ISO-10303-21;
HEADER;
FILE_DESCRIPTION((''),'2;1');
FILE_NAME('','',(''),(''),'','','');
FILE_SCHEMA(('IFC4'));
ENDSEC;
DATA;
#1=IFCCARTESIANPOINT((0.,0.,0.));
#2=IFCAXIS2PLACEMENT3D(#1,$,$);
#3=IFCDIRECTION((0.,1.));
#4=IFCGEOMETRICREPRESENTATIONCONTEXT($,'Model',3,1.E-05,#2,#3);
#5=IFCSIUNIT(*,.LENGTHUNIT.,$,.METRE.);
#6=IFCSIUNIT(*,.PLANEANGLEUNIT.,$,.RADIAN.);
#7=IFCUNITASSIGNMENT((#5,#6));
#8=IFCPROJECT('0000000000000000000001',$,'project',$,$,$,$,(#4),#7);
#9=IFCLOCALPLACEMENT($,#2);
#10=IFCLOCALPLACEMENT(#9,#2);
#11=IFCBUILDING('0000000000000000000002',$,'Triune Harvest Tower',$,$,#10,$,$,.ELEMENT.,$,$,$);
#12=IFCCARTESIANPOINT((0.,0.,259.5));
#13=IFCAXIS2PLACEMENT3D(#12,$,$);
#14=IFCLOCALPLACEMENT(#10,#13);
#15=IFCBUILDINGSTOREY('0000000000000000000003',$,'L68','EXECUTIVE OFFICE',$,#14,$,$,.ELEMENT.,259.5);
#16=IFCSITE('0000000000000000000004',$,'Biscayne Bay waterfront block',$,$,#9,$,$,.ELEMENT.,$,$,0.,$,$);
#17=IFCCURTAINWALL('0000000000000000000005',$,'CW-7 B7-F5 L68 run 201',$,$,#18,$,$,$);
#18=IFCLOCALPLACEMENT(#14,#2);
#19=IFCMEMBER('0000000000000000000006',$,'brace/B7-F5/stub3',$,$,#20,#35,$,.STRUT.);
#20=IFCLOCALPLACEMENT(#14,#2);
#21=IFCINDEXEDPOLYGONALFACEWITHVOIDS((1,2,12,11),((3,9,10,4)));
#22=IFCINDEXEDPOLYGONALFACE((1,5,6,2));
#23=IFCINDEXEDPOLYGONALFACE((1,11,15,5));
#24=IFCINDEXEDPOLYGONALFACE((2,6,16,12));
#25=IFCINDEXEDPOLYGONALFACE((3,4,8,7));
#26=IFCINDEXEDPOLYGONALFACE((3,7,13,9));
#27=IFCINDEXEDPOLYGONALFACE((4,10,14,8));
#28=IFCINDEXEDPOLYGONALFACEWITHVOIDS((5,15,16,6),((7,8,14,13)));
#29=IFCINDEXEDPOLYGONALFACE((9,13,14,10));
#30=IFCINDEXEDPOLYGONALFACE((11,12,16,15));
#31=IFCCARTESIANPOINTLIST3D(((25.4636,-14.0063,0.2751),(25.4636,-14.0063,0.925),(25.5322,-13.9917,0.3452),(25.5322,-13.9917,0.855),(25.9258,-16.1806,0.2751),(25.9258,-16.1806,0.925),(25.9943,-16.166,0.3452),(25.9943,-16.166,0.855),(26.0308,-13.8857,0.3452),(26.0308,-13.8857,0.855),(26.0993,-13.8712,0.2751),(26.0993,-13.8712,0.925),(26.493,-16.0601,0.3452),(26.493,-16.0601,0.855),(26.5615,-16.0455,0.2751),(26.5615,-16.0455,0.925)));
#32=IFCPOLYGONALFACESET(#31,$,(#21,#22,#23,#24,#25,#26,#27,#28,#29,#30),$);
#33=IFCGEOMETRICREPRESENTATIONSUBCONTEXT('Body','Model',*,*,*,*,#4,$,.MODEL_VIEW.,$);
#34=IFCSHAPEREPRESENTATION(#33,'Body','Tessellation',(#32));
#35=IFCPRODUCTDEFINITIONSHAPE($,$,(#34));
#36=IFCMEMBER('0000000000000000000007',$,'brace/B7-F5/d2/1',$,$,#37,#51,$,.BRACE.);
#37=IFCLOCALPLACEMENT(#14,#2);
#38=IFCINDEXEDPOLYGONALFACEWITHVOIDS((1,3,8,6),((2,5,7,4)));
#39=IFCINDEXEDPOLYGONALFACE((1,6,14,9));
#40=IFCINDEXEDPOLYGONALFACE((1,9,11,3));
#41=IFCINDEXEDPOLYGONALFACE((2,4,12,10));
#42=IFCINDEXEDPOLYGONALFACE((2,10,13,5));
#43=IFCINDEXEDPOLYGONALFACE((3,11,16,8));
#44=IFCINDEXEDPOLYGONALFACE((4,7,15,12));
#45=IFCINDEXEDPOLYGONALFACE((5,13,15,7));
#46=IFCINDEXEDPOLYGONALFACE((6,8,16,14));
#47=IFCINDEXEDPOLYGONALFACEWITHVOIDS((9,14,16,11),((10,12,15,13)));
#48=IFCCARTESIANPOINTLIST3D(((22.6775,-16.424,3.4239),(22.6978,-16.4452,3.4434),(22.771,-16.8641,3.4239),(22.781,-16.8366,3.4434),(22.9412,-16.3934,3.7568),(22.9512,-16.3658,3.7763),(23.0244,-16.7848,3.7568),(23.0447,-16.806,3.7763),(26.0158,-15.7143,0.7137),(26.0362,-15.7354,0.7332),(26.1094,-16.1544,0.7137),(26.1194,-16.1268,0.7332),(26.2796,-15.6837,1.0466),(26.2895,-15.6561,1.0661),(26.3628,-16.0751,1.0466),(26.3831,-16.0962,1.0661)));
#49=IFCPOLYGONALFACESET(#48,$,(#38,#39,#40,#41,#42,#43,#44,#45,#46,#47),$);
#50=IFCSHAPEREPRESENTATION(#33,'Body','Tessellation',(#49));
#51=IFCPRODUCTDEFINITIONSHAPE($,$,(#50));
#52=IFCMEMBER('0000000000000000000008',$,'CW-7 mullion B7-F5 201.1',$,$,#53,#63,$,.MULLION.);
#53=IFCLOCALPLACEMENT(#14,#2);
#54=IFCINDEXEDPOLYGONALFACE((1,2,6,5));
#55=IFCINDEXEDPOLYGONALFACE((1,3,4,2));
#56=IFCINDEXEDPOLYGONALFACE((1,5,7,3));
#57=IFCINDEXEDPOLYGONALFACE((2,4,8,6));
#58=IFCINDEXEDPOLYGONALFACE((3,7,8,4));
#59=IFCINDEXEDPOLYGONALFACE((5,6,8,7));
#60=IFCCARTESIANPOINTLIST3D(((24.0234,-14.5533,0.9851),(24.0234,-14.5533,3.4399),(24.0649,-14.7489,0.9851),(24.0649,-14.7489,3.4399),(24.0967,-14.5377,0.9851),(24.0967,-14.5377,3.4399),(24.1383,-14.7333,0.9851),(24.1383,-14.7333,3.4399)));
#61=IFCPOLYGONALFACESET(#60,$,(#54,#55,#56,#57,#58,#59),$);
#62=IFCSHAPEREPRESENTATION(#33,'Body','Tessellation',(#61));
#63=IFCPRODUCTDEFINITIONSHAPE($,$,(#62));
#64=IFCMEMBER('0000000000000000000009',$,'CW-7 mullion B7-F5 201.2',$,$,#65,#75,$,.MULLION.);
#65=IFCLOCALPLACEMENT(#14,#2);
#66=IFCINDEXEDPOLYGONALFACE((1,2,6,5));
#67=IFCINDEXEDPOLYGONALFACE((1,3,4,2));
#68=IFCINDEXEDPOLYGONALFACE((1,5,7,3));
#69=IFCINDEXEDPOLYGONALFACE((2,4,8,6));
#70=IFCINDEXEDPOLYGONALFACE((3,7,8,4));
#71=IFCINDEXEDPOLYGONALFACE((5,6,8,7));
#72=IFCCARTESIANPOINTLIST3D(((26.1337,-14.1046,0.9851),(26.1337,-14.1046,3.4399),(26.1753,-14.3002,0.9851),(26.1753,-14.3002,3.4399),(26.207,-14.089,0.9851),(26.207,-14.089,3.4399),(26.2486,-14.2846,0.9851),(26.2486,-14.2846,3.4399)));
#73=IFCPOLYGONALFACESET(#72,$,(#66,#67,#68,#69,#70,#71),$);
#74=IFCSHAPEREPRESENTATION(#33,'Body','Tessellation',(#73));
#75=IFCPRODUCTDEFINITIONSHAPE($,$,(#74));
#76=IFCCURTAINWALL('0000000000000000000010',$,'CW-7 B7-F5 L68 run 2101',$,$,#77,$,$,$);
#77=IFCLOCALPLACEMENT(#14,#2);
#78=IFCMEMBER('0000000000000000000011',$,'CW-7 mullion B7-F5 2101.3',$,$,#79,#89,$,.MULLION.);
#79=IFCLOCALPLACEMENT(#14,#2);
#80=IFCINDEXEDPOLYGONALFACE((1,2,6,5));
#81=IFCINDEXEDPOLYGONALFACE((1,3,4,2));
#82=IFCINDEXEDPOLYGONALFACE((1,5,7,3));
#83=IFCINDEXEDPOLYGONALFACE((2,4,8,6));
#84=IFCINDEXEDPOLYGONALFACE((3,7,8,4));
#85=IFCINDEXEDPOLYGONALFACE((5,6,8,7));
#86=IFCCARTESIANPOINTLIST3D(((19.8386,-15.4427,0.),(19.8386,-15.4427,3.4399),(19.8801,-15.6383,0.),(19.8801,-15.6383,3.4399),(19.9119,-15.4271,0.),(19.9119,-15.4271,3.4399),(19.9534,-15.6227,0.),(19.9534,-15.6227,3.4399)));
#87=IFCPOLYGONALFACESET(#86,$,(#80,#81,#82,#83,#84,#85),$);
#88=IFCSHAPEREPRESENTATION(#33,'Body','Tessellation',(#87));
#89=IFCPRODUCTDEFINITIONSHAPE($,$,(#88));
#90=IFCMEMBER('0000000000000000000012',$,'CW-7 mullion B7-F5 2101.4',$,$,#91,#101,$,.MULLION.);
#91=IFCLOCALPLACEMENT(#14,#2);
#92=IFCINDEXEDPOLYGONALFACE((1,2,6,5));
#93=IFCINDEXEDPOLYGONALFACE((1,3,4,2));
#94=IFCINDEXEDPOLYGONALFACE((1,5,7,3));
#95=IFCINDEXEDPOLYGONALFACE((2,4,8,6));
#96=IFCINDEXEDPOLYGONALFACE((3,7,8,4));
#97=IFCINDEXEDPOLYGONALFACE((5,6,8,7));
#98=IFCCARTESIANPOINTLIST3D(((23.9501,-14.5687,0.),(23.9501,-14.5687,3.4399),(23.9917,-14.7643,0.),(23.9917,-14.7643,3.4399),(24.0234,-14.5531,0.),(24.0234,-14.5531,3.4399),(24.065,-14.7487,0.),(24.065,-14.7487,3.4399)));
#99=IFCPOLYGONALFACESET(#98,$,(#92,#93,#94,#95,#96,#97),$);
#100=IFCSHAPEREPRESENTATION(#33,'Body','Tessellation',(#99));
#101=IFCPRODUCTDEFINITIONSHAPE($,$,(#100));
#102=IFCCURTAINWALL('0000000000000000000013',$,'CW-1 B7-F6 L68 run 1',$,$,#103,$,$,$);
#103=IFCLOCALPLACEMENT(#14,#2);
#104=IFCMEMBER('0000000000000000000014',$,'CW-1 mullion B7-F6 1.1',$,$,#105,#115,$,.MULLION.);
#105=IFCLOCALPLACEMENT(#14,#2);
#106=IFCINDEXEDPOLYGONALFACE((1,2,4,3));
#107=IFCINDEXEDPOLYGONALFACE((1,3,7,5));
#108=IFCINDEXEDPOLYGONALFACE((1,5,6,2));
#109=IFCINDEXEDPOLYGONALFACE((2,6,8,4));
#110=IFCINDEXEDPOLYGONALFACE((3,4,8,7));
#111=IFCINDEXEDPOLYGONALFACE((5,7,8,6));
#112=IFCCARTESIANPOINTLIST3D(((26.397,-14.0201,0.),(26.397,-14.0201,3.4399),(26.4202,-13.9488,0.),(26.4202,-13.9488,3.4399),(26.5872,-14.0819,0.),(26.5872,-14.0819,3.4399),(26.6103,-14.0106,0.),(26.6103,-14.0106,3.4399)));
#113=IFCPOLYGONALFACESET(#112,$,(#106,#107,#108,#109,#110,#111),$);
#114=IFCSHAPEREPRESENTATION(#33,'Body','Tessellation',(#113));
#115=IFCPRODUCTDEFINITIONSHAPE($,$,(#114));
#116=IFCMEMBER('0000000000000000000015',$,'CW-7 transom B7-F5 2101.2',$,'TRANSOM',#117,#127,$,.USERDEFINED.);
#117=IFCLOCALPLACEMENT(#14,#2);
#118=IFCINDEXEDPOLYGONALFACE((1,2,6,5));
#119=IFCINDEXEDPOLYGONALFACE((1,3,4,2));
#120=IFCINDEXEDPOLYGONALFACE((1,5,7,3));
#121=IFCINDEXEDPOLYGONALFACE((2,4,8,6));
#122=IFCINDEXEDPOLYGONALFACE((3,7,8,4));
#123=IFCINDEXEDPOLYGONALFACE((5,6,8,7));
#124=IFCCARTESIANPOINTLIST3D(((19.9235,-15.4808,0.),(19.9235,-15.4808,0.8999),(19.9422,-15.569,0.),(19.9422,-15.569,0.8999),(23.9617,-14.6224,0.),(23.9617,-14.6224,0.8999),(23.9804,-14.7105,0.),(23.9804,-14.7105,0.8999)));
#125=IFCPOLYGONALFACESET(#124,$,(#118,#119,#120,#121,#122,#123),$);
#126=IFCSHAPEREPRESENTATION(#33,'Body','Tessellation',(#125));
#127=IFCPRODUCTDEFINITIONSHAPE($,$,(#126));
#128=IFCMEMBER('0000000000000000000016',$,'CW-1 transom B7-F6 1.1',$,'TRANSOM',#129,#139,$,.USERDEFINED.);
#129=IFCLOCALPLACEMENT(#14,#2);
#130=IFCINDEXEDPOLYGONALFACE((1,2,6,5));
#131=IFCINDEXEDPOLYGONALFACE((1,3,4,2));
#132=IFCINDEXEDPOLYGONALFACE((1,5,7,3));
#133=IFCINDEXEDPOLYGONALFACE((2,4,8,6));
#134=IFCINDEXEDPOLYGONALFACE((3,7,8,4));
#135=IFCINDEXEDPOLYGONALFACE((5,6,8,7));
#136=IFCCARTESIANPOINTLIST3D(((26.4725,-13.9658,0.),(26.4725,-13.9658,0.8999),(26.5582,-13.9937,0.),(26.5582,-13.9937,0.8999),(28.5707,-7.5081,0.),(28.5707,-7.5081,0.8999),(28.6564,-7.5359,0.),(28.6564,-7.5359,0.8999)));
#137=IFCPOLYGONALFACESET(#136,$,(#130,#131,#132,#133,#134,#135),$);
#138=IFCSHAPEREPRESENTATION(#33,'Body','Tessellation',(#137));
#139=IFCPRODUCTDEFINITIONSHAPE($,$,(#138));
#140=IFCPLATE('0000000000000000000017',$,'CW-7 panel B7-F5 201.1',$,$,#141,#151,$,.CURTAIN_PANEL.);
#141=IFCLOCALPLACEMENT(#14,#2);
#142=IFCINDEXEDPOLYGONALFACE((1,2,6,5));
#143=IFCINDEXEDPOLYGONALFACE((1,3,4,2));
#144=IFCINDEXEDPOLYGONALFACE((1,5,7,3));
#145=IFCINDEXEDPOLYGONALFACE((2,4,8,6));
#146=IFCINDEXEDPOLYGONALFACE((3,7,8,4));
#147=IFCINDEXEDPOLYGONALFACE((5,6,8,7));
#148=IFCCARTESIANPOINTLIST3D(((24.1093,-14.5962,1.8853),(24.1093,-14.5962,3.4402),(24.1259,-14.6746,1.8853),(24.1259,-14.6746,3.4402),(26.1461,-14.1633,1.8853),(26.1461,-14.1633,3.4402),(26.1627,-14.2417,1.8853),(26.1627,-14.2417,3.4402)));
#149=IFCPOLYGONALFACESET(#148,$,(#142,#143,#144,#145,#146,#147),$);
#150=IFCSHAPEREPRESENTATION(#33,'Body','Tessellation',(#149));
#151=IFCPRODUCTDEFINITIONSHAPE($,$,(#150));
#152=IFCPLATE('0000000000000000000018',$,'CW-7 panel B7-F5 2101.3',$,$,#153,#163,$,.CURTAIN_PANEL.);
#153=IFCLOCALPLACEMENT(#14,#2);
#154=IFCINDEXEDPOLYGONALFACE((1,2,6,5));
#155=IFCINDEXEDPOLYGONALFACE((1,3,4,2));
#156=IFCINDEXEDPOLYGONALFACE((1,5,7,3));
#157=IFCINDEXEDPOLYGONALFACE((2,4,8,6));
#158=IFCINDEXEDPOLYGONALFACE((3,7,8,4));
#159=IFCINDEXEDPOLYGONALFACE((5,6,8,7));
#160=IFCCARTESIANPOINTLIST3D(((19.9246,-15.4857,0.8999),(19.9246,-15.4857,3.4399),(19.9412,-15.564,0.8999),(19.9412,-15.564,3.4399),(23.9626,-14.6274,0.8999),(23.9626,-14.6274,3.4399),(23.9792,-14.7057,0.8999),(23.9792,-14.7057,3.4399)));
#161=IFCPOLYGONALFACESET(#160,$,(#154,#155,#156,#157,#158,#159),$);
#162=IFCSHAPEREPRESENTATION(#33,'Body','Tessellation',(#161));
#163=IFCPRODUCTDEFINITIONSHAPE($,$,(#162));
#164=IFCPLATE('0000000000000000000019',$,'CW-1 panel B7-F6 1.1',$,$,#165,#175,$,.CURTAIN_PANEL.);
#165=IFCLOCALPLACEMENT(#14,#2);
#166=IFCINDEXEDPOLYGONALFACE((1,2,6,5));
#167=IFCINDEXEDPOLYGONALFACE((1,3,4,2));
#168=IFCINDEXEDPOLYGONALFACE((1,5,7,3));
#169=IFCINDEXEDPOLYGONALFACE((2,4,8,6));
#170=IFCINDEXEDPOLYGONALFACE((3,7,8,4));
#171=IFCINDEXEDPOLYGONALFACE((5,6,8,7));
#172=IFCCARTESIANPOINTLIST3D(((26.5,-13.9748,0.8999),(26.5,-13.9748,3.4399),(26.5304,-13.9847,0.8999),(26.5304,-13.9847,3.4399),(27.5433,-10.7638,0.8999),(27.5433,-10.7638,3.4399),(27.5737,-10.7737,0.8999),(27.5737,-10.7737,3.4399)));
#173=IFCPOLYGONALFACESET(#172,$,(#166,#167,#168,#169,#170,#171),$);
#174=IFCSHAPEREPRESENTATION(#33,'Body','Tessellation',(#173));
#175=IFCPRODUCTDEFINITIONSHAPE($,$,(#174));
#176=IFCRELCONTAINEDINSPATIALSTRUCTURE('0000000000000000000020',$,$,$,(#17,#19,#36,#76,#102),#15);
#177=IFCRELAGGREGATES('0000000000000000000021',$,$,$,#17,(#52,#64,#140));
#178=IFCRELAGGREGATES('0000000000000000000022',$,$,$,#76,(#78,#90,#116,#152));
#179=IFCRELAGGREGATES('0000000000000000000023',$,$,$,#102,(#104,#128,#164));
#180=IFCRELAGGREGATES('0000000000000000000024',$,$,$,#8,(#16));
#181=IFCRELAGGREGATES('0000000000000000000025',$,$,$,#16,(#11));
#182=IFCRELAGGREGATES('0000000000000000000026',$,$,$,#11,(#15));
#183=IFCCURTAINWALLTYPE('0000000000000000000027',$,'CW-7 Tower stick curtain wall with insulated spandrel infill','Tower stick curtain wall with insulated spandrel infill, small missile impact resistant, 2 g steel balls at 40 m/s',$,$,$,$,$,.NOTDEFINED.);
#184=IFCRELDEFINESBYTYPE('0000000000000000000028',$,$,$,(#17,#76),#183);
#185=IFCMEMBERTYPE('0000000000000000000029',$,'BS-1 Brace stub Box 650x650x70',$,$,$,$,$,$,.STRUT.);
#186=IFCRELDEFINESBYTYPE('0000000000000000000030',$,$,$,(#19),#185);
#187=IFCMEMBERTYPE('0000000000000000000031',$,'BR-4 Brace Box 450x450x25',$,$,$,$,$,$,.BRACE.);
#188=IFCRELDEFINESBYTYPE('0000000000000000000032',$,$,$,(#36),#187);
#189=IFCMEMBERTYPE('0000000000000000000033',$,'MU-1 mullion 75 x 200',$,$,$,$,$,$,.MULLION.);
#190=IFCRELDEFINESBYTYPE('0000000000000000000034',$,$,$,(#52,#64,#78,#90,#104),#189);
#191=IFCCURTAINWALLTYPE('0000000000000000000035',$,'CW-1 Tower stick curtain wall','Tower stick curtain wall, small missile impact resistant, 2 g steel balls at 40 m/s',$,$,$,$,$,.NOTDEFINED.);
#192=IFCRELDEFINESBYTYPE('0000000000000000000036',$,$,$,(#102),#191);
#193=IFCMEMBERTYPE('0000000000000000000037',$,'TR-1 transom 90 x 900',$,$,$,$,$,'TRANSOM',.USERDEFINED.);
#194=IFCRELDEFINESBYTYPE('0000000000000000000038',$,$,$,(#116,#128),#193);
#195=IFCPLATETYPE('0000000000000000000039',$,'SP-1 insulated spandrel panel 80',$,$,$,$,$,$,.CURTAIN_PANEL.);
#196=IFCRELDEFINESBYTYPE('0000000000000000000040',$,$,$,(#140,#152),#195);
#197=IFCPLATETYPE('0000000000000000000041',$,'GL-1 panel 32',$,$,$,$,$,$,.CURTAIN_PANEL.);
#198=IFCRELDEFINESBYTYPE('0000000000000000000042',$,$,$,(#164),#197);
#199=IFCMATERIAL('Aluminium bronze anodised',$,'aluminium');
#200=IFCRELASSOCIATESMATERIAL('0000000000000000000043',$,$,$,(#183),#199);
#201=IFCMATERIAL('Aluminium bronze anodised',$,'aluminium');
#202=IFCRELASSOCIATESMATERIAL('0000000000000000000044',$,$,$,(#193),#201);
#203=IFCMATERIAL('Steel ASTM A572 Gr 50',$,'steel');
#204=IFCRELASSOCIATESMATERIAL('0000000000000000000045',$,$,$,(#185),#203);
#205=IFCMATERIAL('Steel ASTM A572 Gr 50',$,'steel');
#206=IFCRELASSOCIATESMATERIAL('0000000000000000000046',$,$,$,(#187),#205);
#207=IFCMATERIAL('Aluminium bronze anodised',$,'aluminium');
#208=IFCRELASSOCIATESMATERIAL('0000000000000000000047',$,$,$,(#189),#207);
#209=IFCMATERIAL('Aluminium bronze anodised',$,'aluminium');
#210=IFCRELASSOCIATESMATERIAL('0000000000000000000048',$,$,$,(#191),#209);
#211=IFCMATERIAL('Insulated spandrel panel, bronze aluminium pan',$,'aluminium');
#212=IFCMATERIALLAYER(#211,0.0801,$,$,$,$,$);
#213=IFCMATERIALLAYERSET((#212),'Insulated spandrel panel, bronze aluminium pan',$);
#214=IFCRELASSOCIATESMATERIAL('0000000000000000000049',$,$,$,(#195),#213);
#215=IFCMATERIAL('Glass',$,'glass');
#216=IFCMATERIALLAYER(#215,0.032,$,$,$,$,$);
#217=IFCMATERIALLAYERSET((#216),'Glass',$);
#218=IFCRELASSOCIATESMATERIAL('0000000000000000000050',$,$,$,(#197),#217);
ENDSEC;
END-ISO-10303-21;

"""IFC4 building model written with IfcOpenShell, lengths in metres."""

from ifc_helpers import new_model, si_unit, direction, frame, origin, origin_2d, place, context, subcontext, project, spatial, rectangle, hollow_rectangle, extrude, source, transform, mapped, material, layer, layer_set, material_profile, profile_set, type_object, element, aggregate, save


model = new_model("IFC4")

# Units and contexts
model_context = context("Model", 3, precision=1e-05, world=origin(), true_north=direction((0.0, 1.0)))
body_context = subcontext(model_context, "Body", "Model", "MODEL_VIEW")
ifc_project = project(units=[si_unit("LENGTHUNIT", "METRE"), si_unit("PLANEANGLEUNIT", "RADIAN")], contexts=[model_context])

# Site, building, storey
site_placement = place(None, origin())
site = spatial("IfcSite", under=ifc_project, at=site_placement, Name="Biscayne Bay waterfront block", CompositionType="ELEMENT", RefElevation=0.0)
building_placement = place(site_placement, origin())
building = spatial("IfcBuilding", under=site, at=building_placement, Name="Triune Harvest Tower", CompositionType="ELEMENT")
storey_placement = place(building_placement, frame((0.0, 0.0, 259.5)))
storey = spatial("IfcBuildingStorey", under=building, at=storey_placement, Name="L68", Description="EXECUTIVE OFFICE", CompositionType="ELEMENT", Elevation=259.5)

# Curtain wall
ifc_material_1 = material(Name="Aluminium bronze anodised", Category="aluminium")
curtain_wall_type_1 = type_object("IfcCurtainWallType", Name="CW-7 Tower stick curtain wall with insulated spandrel infill", Description="Tower stick curtain wall with insulated spandrel infill, small missile impact resistant, 2 g steel balls at 40 m/s", PredefinedType="NOTDEFINED", material=ifc_material_1)
curtain_wall_1_placement = place(storey_placement, origin())
curtain_wall_1 = element("IfcCurtainWall", 1, at=curtain_wall_1_placement, inside=storey, type_object=curtain_wall_type_1, Name="CW-7 B7-F5 L68 run 201")
ifc_material_2 = material(Name="Aluminium bronze anodised", Category="aluminium")
ifc_material_profile_1 = material_profile(ifc_material_2, rectangle(XDim=0.0901, YDim=0.8999, at=origin_2d()), Name="TR-1 transom 90 x 900")
ifc_profile_set_1 = profile_set([ifc_material_profile_1], Name="Aluminium bronze anodised")
member_type_1 = type_object("IfcMemberType", Name="TR-1 transom 90 x 900", ElementType="TRANSOM", PredefinedType="USERDEFINED", material=ifc_profile_set_1)

# Members
ifc_material_3 = material(Name="Steel ASTM A572 Gr 50", Category="steel")
ifc_material_profile_2 = material_profile(ifc_material_3, hollow_rectangle(XDim=0.6499, YDim=0.6499, WallThickness=0.0701, at=origin_2d()), Name="Box 650x650x70")
ifc_profile_set_2 = profile_set([ifc_material_profile_2], Name="Steel ASTM A572 Gr 50")
member_type_2 = type_object("IfcMemberType", Name="BS-1 Brace stub Box 650x650x70", PredefinedType="STRUT", material=ifc_profile_set_2)
shared_shape_1 = source(origin(), body_context, "Body", "SweptSolid", [
    extrude(hollow_rectangle(XDim=0.6499, YDim=0.6499, WallThickness=0.0701, at=origin_2d()), origin(), (0.0, 0.0, 1.0), 2.2229),
])
member_1_placement = place(storey_placement, frame((25.7815, -13.9387, 0.6001), z_axis=(0.207909, -0.978148, 0.0), x_axis=(0.978148, 0.207909, 0.0)))
element("IfcMember", 2, at=member_1_placement, inside=storey, type_object=member_type_2, Name="brace/B7-F5/stub3", PredefinedType="STRUT", context=body_context, shape_type="MappedRepresentation", body=[
    mapped(shared_shape_1, transform((0.0, 0.0, 0.0), scale=1.0)),
])
ifc_material_4 = material(Name="Steel ASTM A572 Gr 50", Category="steel")
ifc_material_profile_3 = material_profile(ifc_material_4, hollow_rectangle(XDim=0.45, YDim=0.45, WallThickness=0.0249, at=origin_2d()), Name="Box 450x450x25")
ifc_profile_set_3 = profile_set([ifc_material_profile_3], Name="Steel ASTM A572 Gr 50")
member_type_3 = type_object("IfcMemberType", Name="BR-4 Brace Box 450x450x25", PredefinedType="BRACE", material=ifc_profile_set_3)
shared_shape_2 = source(origin(), body_context, "Body", "SweptSolid", [
    extrude(hollow_rectangle(XDim=0.45, YDim=0.45, WallThickness=0.0249, at=origin_2d()), origin(), (0.0, 0.0, 1.0), 4.3582),
])
member_2_placement = place(storey_placement, frame((26.1995, -15.9053, 0.8899), z_axis=(-0.766004, -0.162847, 0.621867), x_axis=(0.207946, -0.97814, 0.0)))
element("IfcMember", 3, at=member_2_placement, inside=storey, type_object=member_type_3, Name="brace/B7-F5/d2/1", PredefinedType="BRACE", context=body_context, shape_type="MappedRepresentation", body=[
    mapped(shared_shape_2, transform((0.0, 0.0, 0.0), scale=1.0)),
])

# Members
ifc_material_5 = material(Name="Aluminium bronze anodised", Category="aluminium")
ifc_material_profile_4 = material_profile(ifc_material_5, rectangle(XDim=0.2, YDim=0.075, at=origin_2d()), Name="MU-1 mullion 75 x 200")
ifc_profile_set_4 = profile_set([ifc_material_profile_4], Name="Aluminium bronze anodised")
member_type_4 = type_object("IfcMemberType", Name="MU-1 mullion 75 x 200", PredefinedType="MULLION", material=ifc_profile_set_4)
shared_shape_3 = source(origin(), body_context, "Body", "SweptSolid", [
    extrude(rectangle(XDim=0.2, YDim=0.075, at=origin_2d()), origin(), (0.0, 0.0, 1.0), 2.4548),
])
member_3_placement = place(storey_placement, frame((24.0808, -14.6433, 0.9851), z_axis=(0.0, 0.0, 1.0), x_axis=(-0.207895, 0.978151, 0.0)))
member_3 = element("IfcMember", 4, at=member_3_placement, type_object=member_type_4, Name="CW-7 mullion B7-F5 201.1", PredefinedType="MULLION", context=body_context, shape_type="MappedRepresentation", body=[
    mapped(shared_shape_3, transform((0.0, 0.0, 0.0), scale=1.0)),
])
member_4_placement = place(storey_placement, frame((26.1912, -14.1946, 0.9851), z_axis=(0.0, 0.0, 1.0), x_axis=(-0.207895, 0.978151, 0.0)))
member_4 = element("IfcMember", 5, at=member_4_placement, type_object=member_type_4, Name="CW-7 mullion B7-F5 201.2", PredefinedType="MULLION", context=body_context, shape_type="MappedRepresentation", body=[
    mapped(shared_shape_3, transform((0.0, 0.0, 0.0), scale=1.0)),
])

# Curtain wall, members
curtain_wall_2_placement = place(storey_placement, origin())
curtain_wall_2 = element("IfcCurtainWall", 6, at=curtain_wall_2_placement, inside=storey, type_object=curtain_wall_type_1, Name="CW-7 B7-F5 L68 run 2101")
shared_shape_4 = source(origin(), body_context, "Body", "SweptSolid", [
    extrude(rectangle(XDim=0.2, YDim=0.075, at=origin_2d()), origin(), (0.0, 0.0, 1.0), 3.4399),
])
member_5_placement = place(storey_placement, frame((19.896, -15.5327, 0.0), z_axis=(0.0, 0.0, 1.0), x_axis=(-0.20791, 0.978148, 0.0)))
member_5 = element("IfcMember", 7, at=member_5_placement, type_object=member_type_4, Name="CW-7 mullion B7-F5 2101.3", PredefinedType="MULLION", context=body_context, shape_type="MappedRepresentation", body=[
    mapped(shared_shape_4, transform((0.0, 0.0, 0.0), scale=1.0)),
])
member_6_placement = place(storey_placement, frame((24.0076, -14.6587, 0.0), z_axis=(0.0, 0.0, 1.0), x_axis=(-0.20791, 0.978148, 0.0)))
member_6 = element("IfcMember", 8, at=member_6_placement, type_object=member_type_4, Name="CW-7 mullion B7-F5 2101.4", PredefinedType="MULLION", context=body_context, shape_type="MappedRepresentation", body=[
    mapped(shared_shape_4, transform((0.0, 0.0, 0.0), scale=1.0)),
])

# Curtain wall, member
ifc_material_6 = material(Name="Aluminium bronze anodised", Category="aluminium")
curtain_wall_type_2 = type_object("IfcCurtainWallType", Name="CW-1 Tower stick curtain wall", Description="Tower stick curtain wall, small missile impact resistant, 2 g steel balls at 40 m/s", PredefinedType="NOTDEFINED", material=ifc_material_6)
curtain_wall_3_placement = place(storey_placement, origin())
curtain_wall_3 = element("IfcCurtainWall", 9, at=curtain_wall_3_placement, inside=storey, type_object=curtain_wall_type_2, Name="CW-1 B7-F6 L68 run 1")
member_7_placement = place(storey_placement, frame((26.5037, -14.0154, 0.0), z_axis=(0.0, 0.0, 1.0), x_axis=(-0.951056, 0.309019, 0.0)))
member_7 = element("IfcMember", 10, at=member_7_placement, type_object=member_type_4, Name="CW-1 mullion B7-F6 1.1", PredefinedType="MULLION", context=body_context, shape_type="MappedRepresentation", body=[
    mapped(shared_shape_4, transform((0.0, 0.0, 0.0), scale=1.0)),
])

# Members
shared_shape_5 = source(origin(), body_context, "Body", "SweptSolid", [
    extrude(rectangle(XDim=0.0901, YDim=0.8999, at=origin_2d()), origin(), (0.0, 0.0, 1.0), 4.1284),
])
member_8_placement = place(storey_placement, frame((19.9329, -15.5249, 0.45), z_axis=(0.978144, 0.207929, 0.0), x_axis=(-0.207929, 0.978144, 0.0)))
member_8 = element("IfcMember", 11, at=member_8_placement, type_object=member_type_1, Name="CW-7 transom B7-F5 2101.2", ObjectType="TRANSOM", PredefinedType="USERDEFINED", context=body_context, shape_type="MappedRepresentation", body=[
    mapped(shared_shape_5, transform((0.0, 0.0, 0.0), scale=1.0)),
])
shared_shape_6 = source(origin(), body_context, "Body", "SweptSolid", [
    extrude(rectangle(XDim=0.0901, YDim=0.8999, at=origin_2d()), origin(), (0.0, 0.0, 1.0), 6.79),
])
member_9_placement = place(storey_placement, frame((26.5154, -13.9797, 0.45), z_axis=(0.309002, 0.951061, 0.0), x_axis=(-0.951061, 0.309002, 0.0)))
member_9 = element("IfcMember", 12, at=member_9_placement, type_object=member_type_1, Name="CW-1 transom B7-F6 1.1", ObjectType="TRANSOM", PredefinedType="USERDEFINED", context=body_context, shape_type="MappedRepresentation", body=[
    mapped(shared_shape_6, transform((0.0, 0.0, 0.0), scale=1.0)),
])

# Plates
ifc_material_7 = material(Name="Insulated spandrel panel, bronze aluminium pan", Category="aluminium")
ifc_layer_1 = layer(ifc_material_7, 0.0801)
ifc_layer_set_1 = layer_set([ifc_layer_1], Name="Insulated spandrel panel, bronze aluminium pan")
plate_type_1 = type_object("IfcPlateType", Name="SP-1 insulated spandrel panel 80", PredefinedType="CURTAIN_PANEL", material=ifc_layer_set_1)
shared_shape_7 = source(origin(), body_context, "Body", "SweptSolid", [
    extrude(rectangle(XDim=2.0823, YDim=0.0801, at=origin_2d()), origin(), (0.0, 0.0, 1.0), 1.5549),
])
plate_1_placement = place(storey_placement, frame((25.136, -14.4189, 1.8853), z_axis=(0.0, 0.0, 1.0), x_axis=(0.978151, 0.207895, 0.0)))
plate_1 = element("IfcPlate", 13, at=plate_1_placement, type_object=plate_type_1, Name="CW-7 panel B7-F5 201.1", PredefinedType="CURTAIN_PANEL", context=body_context, shape_type="MappedRepresentation", body=[
    mapped(shared_shape_7, transform((0.0, 0.0, 0.0), scale=1.0)),
])
aggregate(curtain_wall_1, [member_3, member_4, plate_1])
shared_shape_8 = source(origin(), body_context, "Body", "SweptSolid", [
    extrude(rectangle(XDim=4.1282, YDim=0.0801, at=origin_2d()), origin(), (0.0, 0.0, 1.0), 2.54),
])
plate_2_placement = place(storey_placement, frame((21.9519, -15.0957, 0.8999), z_axis=(0.0, 0.0, 1.0), x_axis=(0.978148, 0.20791, 0.0)))
plate_2 = element("IfcPlate", 14, at=plate_2_placement, type_object=plate_type_1, Name="CW-7 panel B7-F5 2101.3", PredefinedType="CURTAIN_PANEL", context=body_context, shape_type="MappedRepresentation", body=[
    mapped(shared_shape_8, transform((0.0, 0.0, 0.0), scale=1.0)),
])
aggregate(curtain_wall_2, [member_5, member_6, member_8, plate_2])
ifc_material_8 = material(Name="Glass", Category="glass")
ifc_layer_2 = layer(ifc_material_8, 0.032)
ifc_layer_set_2 = layer_set([ifc_layer_2], Name="Glass")
plate_type_2 = type_object("IfcPlateType", Name="GL-1 panel 32", PredefinedType="CURTAIN_PANEL", material=ifc_layer_set_2)
shared_shape_9 = source(origin(), body_context, "Body", "SweptSolid", [
    extrude(rectangle(XDim=3.3762, YDim=0.032, at=origin_2d()), origin(), (0.0, 0.0, 1.0), 2.54),
])
plate_3_placement = place(storey_placement, frame((27.0369, -12.3743, 0.8999), z_axis=(0.0, 0.0, 1.0), x_axis=(0.309019, 0.951056, 0.0)))
plate_3 = element("IfcPlate", 15, at=plate_3_placement, type_object=plate_type_2, Name="CW-1 panel B7-F6 1.1", PredefinedType="CURTAIN_PANEL", context=body_context, shape_type="MappedRepresentation", body=[
    mapped(shared_shape_9, transform((0.0, 0.0, 0.0), scale=1.0)),
])
aggregate(curtain_wall_3, [member_7, member_9, plate_3])

save(model, "model.ifc")
